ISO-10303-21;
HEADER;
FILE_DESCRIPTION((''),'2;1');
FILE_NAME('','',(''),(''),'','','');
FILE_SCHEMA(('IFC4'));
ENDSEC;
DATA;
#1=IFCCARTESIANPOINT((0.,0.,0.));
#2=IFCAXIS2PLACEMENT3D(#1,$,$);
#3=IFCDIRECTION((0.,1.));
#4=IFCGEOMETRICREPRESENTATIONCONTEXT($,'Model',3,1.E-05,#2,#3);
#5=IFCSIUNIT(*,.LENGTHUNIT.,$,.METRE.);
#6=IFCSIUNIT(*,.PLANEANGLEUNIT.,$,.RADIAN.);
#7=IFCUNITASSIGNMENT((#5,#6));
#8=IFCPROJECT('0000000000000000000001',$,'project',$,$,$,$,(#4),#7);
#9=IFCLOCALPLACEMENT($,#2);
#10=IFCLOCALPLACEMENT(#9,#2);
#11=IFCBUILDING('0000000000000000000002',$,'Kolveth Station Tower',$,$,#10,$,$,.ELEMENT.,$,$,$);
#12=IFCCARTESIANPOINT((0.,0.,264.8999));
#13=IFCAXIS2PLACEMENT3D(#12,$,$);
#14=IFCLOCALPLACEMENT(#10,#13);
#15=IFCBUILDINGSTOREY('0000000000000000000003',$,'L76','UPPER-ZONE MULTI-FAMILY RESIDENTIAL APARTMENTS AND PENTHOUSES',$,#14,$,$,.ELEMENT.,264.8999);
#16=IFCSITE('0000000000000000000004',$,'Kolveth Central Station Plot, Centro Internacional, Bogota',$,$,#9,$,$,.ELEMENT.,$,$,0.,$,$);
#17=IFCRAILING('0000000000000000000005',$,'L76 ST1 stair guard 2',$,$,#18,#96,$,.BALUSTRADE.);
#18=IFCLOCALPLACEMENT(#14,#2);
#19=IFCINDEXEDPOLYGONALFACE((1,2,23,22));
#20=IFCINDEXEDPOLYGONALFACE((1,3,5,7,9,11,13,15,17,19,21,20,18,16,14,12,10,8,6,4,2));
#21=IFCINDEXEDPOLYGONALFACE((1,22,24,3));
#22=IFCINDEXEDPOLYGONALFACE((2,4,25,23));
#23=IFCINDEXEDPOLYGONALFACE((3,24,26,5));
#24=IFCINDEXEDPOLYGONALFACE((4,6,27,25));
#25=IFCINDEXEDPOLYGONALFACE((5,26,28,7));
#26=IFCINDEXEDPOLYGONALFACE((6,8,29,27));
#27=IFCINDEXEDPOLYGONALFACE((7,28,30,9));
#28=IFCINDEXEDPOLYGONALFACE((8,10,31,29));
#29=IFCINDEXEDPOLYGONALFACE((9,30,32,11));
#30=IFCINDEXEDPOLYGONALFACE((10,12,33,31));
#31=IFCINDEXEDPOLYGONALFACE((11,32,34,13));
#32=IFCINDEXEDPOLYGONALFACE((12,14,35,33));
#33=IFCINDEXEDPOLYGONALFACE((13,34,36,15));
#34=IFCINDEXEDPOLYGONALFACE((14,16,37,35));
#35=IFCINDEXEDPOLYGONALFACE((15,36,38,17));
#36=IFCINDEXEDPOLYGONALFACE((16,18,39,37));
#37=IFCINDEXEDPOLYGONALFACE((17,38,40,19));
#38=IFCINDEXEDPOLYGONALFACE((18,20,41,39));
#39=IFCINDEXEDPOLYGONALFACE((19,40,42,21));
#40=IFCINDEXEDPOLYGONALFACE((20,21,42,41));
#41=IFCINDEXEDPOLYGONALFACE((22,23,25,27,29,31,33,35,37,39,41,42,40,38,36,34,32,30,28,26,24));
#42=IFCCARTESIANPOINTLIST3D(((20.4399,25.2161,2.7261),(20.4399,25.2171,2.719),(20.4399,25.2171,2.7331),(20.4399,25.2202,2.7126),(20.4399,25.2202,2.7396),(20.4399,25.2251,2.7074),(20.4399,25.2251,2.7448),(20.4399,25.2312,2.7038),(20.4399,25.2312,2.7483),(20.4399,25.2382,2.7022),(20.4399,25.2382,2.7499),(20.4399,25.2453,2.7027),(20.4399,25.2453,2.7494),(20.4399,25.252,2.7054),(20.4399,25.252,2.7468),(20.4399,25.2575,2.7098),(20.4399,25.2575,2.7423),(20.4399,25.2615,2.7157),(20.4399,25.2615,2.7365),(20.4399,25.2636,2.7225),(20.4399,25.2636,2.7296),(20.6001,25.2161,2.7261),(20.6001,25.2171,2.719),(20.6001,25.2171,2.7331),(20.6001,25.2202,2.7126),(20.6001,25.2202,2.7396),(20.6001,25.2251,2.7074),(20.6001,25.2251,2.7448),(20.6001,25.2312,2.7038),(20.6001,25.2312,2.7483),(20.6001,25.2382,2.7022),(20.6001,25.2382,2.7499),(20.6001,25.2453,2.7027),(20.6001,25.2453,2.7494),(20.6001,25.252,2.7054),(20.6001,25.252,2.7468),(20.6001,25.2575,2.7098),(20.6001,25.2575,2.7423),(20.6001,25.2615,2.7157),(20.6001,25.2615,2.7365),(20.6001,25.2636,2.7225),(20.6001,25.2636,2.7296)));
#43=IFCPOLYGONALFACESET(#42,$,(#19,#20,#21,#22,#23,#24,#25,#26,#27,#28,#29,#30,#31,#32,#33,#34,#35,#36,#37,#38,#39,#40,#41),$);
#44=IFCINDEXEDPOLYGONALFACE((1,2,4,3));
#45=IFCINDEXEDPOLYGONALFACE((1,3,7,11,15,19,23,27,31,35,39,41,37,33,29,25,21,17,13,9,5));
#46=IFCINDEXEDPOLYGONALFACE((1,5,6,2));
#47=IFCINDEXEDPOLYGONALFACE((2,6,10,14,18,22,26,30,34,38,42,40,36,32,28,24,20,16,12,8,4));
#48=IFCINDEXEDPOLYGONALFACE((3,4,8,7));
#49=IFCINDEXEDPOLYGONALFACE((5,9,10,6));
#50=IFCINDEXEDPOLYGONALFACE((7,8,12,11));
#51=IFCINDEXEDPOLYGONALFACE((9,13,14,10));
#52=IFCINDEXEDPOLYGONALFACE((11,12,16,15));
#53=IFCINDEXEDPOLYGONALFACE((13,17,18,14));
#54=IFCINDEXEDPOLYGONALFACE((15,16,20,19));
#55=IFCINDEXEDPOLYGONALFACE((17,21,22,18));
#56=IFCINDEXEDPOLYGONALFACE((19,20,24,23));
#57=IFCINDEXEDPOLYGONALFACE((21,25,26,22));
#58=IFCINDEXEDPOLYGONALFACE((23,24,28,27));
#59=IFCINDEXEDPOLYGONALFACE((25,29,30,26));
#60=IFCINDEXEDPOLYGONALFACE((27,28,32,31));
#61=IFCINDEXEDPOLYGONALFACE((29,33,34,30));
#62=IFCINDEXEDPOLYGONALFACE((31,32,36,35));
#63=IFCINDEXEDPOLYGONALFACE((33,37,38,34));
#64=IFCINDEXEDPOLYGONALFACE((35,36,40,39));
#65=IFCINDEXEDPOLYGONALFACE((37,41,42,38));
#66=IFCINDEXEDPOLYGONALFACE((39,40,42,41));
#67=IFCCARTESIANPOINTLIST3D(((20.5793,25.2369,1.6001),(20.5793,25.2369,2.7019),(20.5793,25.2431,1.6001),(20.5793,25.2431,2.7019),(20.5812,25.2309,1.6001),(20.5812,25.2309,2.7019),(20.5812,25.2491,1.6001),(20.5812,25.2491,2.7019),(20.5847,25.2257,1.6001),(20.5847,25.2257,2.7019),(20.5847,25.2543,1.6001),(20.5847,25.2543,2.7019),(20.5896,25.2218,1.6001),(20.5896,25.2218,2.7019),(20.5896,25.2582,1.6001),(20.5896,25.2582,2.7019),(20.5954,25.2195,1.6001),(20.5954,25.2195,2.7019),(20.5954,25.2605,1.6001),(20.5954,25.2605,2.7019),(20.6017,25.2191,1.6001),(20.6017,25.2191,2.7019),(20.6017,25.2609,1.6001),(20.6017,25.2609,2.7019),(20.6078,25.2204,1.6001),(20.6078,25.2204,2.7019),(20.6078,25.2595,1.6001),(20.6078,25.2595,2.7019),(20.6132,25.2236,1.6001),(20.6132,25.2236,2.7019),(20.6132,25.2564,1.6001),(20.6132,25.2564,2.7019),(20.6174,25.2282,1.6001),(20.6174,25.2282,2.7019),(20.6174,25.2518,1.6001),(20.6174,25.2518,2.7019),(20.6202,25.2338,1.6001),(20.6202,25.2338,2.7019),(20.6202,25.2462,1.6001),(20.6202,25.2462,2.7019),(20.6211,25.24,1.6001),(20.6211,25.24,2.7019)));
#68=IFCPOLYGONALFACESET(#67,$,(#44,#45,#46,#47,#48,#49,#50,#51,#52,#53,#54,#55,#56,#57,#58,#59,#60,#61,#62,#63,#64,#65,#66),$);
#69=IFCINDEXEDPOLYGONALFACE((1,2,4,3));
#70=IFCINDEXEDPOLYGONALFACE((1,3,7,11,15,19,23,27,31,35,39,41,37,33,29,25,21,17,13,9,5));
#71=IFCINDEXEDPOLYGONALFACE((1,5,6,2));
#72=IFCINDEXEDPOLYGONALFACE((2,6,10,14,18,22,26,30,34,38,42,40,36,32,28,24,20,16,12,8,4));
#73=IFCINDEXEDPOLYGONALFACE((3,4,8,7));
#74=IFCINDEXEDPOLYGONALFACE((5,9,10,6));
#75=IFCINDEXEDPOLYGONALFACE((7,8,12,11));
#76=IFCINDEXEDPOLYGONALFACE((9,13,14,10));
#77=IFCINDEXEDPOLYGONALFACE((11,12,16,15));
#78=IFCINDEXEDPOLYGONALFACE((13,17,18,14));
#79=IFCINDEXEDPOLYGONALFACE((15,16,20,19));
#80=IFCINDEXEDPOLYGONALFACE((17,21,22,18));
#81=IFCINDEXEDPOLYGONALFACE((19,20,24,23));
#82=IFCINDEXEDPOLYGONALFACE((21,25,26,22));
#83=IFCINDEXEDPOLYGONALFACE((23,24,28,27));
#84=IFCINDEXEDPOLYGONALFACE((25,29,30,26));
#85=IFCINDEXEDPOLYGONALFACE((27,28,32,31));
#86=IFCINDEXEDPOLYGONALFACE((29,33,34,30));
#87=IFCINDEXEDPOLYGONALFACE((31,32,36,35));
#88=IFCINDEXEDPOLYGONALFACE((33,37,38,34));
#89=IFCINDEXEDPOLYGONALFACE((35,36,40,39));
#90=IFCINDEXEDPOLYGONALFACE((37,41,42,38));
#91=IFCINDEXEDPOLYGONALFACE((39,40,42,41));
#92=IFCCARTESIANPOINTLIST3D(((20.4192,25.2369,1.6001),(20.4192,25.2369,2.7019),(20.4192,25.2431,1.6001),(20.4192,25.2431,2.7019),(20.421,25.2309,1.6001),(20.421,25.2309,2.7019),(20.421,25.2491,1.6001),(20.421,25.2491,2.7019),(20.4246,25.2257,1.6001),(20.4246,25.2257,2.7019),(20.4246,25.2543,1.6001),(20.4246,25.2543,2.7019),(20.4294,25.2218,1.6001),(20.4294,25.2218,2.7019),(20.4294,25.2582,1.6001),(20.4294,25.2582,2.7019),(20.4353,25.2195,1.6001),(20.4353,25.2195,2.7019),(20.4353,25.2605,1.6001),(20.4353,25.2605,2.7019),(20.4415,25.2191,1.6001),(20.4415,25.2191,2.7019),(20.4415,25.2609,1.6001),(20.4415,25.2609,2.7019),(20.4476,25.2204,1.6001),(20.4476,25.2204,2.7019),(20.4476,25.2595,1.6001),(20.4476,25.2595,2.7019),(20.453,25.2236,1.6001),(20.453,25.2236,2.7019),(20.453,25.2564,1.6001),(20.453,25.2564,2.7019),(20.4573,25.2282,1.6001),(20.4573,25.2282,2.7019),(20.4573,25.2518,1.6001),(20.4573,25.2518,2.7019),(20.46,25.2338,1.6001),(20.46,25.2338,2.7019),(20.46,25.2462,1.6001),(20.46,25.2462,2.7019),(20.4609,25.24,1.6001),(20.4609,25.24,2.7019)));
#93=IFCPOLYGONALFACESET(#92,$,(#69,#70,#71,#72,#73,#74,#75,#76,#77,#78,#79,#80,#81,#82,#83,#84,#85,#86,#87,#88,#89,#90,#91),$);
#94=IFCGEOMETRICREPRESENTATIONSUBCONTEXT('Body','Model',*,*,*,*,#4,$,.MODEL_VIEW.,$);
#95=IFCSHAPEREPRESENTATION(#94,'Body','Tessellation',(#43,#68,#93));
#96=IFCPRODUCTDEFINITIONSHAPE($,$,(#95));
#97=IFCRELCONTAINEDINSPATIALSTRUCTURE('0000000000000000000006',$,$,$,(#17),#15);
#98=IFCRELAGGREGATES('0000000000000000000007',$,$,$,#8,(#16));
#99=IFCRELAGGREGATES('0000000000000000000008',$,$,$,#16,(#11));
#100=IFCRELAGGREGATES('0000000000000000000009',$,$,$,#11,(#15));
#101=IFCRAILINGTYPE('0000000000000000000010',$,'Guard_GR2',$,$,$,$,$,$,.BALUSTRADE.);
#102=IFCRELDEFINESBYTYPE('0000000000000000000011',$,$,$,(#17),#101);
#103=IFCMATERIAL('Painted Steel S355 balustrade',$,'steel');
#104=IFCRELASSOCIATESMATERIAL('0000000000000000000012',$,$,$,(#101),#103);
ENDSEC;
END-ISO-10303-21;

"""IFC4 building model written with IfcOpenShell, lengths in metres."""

from ifc_helpers import new_model, si_unit, direction, frame, origin, origin_2d, place, context, subcontext, project, spatial, circle, extrude, material, type_object, element, save


model = new_model("IFC4")

# Units and contexts
model_context = context("Model", 3, precision=1e-05, world=origin(), true_north=direction((0.0, 1.0)))
body_context = subcontext(model_context, "Body", "Model", "MODEL_VIEW")
ifc_project = project(units=[si_unit("LENGTHUNIT", "METRE"), si_unit("PLANEANGLEUNIT", "RADIAN")], contexts=[model_context])

# Site, building, storey
site_placement = place(None, origin())
site = spatial("IfcSite", under=ifc_project, at=site_placement, Name="Kolveth Central Station Plot, Centro Internacional, Bogota", CompositionType="ELEMENT", RefElevation=0.0)
building_placement = place(site_placement, origin())
building = spatial("IfcBuilding", under=site, at=building_placement, Name="Kolveth Station Tower", CompositionType="ELEMENT")
storey_placement = place(building_placement, frame((0.0, 0.0, 264.8999)))
storey = spatial("IfcBuildingStorey", under=building, at=storey_placement, Name="L76", Description="UPPER-ZONE MULTI-FAMILY RESIDENTIAL APARTMENTS AND PENTHOUSES", CompositionType="ELEMENT", Elevation=264.8999)

# Railing
ifc_material_1 = material(Name="Painted Steel S355 balustrade", Category="steel")
railing_type_1 = type_object("IfcRailingType", Name="Guard_GR2", PredefinedType="BALUSTRADE", material=ifc_material_1)
railing_1_placement = place(storey_placement, frame((20.6001, 25.24, 1.6001)))
element("IfcRailing", 1, at=railing_1_placement, inside=storey, type_object=railing_type_1, Name="L76 ST1 stair guard 2", PredefinedType="BALUSTRADE", context=body_context, shape_type="SweptSolid", body=[
    extrude(circle(Radius=0.0239, at=origin_2d()), frame((0.0, 0.0, 1.126), z_axis=(-1.0, 0.0, 0.0), x_axis=(0.0, -1.0, 0.0)), (0.0, 0.0, 1.0), 0.1602),
    extrude(circle(Radius=0.021, at=origin_2d()), origin(), (0.0, 0.0, 1.0), 1.1018),
    extrude(circle(Radius=0.021, at=origin_2d()), frame((-0.1602, 0.0, 0.0)), (0.0, 0.0, 1.0), 1.1018),
])

save(model, "model.ifc")
